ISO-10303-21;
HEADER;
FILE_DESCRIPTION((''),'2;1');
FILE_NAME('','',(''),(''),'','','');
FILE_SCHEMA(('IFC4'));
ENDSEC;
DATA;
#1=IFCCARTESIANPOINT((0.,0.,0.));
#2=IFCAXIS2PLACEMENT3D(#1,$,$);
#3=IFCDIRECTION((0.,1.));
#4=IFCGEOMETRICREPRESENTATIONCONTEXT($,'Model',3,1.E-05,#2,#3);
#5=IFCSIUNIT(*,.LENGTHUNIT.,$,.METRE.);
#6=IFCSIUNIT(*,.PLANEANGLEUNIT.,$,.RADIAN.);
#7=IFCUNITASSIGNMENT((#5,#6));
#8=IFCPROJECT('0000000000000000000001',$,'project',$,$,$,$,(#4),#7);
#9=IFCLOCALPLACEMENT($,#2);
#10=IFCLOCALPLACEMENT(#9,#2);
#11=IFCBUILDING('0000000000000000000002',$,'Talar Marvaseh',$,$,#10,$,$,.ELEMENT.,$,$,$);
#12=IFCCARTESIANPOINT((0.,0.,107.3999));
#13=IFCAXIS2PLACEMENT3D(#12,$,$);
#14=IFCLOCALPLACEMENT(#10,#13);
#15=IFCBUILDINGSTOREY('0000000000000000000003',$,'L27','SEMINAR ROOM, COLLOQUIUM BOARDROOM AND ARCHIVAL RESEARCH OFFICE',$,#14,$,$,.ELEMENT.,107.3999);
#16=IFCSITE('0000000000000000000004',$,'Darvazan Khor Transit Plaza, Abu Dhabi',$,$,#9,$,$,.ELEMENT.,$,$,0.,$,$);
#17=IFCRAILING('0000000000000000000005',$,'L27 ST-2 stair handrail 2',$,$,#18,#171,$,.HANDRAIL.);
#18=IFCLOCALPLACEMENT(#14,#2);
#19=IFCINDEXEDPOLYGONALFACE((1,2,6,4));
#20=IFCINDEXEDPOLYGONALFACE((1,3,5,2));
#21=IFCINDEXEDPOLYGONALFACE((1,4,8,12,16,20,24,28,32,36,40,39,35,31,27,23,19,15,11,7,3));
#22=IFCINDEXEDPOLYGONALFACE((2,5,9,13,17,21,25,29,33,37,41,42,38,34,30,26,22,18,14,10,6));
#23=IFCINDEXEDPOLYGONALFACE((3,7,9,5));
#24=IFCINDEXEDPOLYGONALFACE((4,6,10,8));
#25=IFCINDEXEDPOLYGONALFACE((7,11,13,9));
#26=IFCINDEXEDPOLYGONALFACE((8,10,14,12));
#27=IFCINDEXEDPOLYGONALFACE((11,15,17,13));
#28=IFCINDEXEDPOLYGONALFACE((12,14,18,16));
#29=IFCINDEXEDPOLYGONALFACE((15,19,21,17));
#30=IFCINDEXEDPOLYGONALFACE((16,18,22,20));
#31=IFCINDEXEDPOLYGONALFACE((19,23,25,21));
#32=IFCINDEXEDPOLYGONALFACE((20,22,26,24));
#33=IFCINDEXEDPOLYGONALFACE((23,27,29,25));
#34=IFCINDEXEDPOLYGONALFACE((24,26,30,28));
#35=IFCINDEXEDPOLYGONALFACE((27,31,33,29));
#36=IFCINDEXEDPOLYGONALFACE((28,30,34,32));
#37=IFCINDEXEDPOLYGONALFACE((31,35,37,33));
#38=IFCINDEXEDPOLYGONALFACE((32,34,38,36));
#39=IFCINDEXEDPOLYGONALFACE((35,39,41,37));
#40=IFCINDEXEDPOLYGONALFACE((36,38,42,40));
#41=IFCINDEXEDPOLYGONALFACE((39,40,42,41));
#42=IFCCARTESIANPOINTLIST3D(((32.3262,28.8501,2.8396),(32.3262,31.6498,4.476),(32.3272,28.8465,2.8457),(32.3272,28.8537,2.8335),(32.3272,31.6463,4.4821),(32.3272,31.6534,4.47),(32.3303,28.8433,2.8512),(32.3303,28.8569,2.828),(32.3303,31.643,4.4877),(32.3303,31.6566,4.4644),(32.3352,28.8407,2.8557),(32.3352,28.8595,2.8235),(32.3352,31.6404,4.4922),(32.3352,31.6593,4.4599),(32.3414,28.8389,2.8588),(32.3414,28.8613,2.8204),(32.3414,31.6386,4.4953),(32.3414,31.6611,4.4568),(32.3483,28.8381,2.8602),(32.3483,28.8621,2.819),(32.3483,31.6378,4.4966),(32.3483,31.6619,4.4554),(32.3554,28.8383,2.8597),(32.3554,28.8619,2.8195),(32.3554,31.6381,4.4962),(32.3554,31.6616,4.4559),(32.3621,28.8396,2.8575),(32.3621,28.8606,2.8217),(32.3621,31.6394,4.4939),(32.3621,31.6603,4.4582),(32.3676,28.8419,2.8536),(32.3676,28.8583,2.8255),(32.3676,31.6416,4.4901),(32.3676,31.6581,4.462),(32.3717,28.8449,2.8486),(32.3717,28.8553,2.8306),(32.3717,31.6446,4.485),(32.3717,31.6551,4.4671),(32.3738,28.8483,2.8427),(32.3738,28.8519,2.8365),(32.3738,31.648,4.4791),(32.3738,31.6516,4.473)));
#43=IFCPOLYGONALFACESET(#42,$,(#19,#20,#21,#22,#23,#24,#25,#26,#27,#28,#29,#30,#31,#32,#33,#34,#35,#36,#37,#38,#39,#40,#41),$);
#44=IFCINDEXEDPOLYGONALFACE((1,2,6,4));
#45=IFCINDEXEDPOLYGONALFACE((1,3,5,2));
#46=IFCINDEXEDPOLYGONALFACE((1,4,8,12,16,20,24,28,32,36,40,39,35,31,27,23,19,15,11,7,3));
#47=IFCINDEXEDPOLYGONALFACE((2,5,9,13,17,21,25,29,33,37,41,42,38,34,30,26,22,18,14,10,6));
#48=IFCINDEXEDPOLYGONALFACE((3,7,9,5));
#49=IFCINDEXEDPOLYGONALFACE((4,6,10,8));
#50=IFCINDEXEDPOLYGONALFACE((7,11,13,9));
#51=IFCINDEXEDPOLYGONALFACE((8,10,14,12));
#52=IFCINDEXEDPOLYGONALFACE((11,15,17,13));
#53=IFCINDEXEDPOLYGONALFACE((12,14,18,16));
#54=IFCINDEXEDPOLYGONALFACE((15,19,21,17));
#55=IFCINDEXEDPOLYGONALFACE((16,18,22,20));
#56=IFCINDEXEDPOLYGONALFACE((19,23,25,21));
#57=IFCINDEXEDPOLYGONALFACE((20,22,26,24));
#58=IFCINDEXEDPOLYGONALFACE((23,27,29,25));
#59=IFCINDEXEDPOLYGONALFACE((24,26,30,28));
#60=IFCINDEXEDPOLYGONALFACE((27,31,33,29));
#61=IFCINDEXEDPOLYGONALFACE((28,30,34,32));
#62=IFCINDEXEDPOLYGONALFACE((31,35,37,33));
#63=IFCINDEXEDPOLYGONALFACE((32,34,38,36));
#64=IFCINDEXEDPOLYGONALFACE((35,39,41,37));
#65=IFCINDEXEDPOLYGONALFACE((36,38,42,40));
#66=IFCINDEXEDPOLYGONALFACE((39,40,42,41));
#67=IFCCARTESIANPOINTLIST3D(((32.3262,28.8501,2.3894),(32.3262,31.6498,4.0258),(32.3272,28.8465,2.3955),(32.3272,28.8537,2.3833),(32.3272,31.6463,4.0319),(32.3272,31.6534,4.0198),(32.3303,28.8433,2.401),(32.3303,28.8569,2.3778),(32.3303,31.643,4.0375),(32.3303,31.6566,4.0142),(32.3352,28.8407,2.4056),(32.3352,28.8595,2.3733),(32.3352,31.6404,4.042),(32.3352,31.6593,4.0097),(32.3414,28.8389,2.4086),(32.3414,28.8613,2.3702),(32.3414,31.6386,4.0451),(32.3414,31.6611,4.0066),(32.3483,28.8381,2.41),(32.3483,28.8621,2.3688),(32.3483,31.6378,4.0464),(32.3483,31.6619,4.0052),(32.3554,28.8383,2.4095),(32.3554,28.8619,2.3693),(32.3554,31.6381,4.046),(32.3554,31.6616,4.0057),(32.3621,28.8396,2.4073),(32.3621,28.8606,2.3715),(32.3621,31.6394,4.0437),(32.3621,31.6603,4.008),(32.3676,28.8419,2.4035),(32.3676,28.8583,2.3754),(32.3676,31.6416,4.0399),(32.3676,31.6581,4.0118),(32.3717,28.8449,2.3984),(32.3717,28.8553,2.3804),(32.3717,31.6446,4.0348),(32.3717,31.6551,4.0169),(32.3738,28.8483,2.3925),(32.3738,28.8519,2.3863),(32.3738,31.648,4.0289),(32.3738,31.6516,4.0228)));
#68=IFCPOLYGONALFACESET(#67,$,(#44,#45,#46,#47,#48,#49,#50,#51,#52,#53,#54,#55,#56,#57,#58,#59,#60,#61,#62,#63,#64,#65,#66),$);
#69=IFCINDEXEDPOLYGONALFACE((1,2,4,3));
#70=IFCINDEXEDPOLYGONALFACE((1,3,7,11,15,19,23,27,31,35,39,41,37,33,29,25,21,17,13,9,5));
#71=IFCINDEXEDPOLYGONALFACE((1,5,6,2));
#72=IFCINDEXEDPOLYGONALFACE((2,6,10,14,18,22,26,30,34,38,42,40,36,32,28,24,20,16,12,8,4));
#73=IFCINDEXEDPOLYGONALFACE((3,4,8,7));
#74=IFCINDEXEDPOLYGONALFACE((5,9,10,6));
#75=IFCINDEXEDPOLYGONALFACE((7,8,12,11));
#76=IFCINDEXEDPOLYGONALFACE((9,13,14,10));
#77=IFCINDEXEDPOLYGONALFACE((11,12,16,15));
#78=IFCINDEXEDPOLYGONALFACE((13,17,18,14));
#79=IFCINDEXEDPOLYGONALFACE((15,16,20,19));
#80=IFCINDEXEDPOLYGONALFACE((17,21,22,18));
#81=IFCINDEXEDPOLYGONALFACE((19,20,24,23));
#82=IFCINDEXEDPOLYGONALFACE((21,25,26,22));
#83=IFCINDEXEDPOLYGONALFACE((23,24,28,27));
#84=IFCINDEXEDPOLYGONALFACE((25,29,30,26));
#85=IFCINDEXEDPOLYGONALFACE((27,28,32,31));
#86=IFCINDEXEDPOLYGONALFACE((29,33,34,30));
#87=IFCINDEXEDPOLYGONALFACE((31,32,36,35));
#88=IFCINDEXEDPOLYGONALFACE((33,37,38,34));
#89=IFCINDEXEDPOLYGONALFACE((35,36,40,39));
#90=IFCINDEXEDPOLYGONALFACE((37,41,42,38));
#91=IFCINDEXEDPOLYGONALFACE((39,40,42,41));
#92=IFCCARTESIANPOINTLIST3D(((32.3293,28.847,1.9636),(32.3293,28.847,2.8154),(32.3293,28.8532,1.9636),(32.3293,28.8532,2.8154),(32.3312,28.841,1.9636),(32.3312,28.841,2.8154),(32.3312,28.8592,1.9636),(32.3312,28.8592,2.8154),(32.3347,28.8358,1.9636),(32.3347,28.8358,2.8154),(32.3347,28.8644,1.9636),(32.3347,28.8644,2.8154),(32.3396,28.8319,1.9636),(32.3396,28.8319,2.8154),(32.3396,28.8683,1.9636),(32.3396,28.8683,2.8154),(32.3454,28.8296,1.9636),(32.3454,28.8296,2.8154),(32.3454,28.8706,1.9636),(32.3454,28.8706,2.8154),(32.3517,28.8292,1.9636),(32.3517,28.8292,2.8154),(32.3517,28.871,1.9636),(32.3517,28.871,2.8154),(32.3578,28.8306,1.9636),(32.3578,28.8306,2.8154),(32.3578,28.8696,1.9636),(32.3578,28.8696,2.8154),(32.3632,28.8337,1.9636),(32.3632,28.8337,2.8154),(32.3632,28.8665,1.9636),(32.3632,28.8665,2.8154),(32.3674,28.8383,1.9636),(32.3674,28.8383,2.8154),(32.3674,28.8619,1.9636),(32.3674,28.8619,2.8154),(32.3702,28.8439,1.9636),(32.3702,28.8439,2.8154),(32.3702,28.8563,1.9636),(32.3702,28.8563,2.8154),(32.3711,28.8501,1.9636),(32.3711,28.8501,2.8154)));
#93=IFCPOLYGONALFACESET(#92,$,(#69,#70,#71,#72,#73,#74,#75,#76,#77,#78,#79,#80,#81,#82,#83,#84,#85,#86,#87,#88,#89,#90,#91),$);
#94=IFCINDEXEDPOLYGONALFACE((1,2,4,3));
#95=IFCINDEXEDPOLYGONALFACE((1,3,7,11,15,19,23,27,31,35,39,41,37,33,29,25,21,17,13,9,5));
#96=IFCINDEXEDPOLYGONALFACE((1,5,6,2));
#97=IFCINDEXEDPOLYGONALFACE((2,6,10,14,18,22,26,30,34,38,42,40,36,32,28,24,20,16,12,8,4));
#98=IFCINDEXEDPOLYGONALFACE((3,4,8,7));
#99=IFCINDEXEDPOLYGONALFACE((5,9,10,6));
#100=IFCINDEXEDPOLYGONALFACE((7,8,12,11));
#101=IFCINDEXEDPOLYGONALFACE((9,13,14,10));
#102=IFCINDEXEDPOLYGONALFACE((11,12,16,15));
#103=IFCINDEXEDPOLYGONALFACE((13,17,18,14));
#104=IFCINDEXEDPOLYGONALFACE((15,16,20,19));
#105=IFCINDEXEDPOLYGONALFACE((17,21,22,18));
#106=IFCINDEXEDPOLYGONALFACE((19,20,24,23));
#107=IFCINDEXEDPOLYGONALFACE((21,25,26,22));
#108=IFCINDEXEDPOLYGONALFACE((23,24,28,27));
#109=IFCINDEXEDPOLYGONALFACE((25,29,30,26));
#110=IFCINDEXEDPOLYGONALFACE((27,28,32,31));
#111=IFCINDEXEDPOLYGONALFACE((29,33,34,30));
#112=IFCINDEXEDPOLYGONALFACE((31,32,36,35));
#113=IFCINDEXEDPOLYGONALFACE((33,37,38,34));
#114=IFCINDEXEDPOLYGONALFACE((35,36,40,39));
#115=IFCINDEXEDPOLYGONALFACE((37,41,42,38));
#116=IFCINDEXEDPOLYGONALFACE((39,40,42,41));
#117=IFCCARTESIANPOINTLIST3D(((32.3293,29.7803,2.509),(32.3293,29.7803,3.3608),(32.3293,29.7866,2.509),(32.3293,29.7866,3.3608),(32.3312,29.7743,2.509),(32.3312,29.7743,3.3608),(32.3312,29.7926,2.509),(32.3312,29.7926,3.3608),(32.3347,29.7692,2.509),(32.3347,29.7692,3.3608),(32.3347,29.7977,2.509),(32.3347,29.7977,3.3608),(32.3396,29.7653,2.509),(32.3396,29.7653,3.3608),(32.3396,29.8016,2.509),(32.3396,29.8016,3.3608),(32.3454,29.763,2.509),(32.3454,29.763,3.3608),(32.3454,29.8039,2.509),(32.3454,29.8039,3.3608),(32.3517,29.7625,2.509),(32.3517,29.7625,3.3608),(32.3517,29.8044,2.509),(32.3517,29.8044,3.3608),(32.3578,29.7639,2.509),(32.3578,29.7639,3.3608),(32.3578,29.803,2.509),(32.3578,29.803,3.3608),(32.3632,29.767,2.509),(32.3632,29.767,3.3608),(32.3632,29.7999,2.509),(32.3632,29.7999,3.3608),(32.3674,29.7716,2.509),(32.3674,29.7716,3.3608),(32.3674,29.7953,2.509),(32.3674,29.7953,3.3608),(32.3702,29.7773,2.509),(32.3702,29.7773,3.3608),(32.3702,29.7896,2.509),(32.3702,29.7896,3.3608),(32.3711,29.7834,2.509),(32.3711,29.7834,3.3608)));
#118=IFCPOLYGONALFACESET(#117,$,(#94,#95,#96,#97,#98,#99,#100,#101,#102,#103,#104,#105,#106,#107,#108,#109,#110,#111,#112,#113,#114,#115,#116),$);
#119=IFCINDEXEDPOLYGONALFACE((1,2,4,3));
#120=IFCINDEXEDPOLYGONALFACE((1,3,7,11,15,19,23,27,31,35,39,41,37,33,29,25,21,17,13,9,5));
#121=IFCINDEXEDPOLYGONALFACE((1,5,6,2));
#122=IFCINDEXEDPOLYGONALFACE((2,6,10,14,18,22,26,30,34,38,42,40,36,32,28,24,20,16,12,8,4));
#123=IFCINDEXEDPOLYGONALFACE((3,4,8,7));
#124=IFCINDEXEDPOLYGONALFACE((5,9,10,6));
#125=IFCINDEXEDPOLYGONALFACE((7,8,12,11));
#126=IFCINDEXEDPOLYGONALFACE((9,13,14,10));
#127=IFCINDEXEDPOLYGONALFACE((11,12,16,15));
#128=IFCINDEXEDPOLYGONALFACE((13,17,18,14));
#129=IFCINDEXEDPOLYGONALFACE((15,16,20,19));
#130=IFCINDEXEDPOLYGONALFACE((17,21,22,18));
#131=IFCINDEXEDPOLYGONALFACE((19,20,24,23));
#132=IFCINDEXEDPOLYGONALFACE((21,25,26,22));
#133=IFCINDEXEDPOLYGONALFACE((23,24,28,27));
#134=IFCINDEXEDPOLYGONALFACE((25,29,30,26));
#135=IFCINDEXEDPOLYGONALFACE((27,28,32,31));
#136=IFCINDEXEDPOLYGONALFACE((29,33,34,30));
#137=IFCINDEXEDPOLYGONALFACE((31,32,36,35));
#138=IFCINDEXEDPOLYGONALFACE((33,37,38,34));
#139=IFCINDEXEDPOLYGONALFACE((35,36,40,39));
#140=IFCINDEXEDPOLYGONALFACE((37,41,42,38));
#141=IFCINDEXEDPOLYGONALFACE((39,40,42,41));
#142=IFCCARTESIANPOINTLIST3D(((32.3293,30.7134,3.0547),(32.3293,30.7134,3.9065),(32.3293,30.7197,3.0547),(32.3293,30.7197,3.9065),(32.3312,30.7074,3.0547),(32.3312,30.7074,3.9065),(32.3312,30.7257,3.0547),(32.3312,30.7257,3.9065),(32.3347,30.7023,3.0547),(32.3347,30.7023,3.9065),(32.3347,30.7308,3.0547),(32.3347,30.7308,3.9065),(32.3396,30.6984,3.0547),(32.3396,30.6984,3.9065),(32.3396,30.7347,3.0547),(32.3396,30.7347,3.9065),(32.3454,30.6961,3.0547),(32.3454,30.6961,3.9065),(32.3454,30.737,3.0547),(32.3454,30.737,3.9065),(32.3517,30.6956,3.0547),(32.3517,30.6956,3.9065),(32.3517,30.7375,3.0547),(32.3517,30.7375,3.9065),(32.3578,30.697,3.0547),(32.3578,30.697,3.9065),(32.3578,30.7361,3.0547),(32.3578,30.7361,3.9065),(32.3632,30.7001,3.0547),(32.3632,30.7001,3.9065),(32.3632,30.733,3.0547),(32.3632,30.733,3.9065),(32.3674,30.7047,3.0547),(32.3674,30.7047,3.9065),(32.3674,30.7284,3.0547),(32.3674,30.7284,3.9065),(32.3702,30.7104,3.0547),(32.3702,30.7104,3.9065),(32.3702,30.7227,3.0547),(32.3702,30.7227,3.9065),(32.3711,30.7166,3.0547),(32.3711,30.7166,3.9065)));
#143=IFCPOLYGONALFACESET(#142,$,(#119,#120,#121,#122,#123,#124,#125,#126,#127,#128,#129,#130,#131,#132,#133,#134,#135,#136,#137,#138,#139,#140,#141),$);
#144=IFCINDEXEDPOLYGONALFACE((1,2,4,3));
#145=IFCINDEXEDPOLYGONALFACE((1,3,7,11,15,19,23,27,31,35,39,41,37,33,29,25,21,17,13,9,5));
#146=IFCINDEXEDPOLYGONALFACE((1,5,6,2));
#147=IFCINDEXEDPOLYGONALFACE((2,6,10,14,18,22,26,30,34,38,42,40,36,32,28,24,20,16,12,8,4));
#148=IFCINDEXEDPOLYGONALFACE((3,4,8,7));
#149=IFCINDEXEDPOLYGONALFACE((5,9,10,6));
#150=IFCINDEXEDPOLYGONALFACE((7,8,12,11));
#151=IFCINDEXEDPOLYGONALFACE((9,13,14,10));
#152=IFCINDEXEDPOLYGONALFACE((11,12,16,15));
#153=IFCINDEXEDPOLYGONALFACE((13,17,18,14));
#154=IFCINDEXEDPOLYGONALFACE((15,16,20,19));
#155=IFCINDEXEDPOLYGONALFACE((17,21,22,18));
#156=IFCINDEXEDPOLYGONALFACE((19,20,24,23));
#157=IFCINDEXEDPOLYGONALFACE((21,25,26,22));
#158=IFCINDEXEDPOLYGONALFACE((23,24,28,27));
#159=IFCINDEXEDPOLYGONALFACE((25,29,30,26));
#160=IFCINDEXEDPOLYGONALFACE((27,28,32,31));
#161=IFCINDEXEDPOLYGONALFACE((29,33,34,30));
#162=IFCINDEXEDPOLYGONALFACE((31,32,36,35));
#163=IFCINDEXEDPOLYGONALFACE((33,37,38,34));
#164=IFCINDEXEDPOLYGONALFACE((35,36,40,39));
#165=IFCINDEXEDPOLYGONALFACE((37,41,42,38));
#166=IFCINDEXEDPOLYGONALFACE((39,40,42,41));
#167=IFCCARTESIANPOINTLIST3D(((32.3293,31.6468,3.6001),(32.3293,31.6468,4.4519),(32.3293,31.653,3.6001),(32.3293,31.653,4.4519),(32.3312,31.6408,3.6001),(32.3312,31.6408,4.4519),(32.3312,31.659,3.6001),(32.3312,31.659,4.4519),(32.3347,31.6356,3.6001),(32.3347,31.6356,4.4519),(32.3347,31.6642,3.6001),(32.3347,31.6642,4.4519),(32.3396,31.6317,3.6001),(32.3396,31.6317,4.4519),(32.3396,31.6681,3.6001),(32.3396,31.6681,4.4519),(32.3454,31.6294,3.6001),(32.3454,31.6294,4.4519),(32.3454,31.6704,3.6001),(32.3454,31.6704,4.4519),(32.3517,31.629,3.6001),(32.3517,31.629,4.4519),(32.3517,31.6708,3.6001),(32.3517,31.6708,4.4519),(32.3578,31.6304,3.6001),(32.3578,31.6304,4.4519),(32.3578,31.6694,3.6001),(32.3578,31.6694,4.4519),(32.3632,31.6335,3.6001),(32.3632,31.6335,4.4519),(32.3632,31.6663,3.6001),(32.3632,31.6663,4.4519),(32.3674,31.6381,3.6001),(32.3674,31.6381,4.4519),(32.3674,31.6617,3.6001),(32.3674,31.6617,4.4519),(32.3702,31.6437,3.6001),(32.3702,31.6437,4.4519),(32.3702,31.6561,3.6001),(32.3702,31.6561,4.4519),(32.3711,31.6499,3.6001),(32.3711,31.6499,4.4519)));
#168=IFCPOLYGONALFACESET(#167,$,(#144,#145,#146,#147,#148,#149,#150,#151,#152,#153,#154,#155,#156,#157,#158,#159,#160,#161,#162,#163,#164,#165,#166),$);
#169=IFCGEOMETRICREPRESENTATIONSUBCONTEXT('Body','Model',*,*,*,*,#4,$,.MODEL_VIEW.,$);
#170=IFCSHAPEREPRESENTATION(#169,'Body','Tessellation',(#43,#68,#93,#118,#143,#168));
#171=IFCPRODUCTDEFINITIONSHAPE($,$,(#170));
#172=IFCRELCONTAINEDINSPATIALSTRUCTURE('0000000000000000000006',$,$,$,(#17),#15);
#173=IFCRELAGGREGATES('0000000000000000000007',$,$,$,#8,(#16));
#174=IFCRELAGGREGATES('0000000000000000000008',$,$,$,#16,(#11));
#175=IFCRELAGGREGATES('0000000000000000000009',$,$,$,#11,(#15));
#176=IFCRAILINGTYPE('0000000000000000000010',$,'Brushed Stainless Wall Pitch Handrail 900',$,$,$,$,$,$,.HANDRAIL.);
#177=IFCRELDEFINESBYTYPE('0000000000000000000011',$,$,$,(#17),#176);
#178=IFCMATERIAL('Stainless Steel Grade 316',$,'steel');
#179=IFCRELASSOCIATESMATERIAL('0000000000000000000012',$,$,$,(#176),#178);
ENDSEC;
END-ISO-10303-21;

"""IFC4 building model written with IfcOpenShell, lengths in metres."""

from ifc_helpers import new_model, si_unit, direction, frame, origin, origin_2d, place, context, subcontext, project, spatial, circle, extrude, material, type_object, element, save


model = new_model("IFC4")

# Units and contexts
model_context = context("Model", 3, precision=1e-05, world=origin(), true_north=direction((0.0, 1.0)))
body_context = subcontext(model_context, "Body", "Model", "MODEL_VIEW")
ifc_project = project(units=[si_unit("LENGTHUNIT", "METRE"), si_unit("PLANEANGLEUNIT", "RADIAN")], contexts=[model_context])

# Site, building, storey
site_placement = place(None, origin())
site = spatial("IfcSite", under=ifc_project, at=site_placement, Name="Darvazan Khor Transit Plaza, Abu Dhabi", CompositionType="ELEMENT", RefElevation=0.0)
building_placement = place(site_placement, origin())
building = spatial("IfcBuilding", under=site, at=building_placement, Name="Talar Marvaseh", CompositionType="ELEMENT")
storey_placement = place(building_placement, frame((0.0, 0.0, 107.3999)))
storey = spatial("IfcBuildingStorey", under=building, at=storey_placement, Name="L27", Description="SEMINAR ROOM, COLLOQUIUM BOARDROOM AND ARCHIVAL RESEARCH OFFICE", CompositionType="ELEMENT", Elevation=107.3999)

# Shared definitions
ifc_material_1 = material(Name="Stainless Steel Grade 316", Category="steel")

# Railing
railing_type_1 = type_object("IfcRailingType", Name="Brushed Stainless Wall Pitch Handrail 900", PredefinedType="HANDRAIL", material=ifc_material_1)
railing_1_placement = place(storey_placement, frame((32.3501, 28.8501, 1.9636)))
element("IfcRailing", 1, at=railing_1_placement, inside=storey, type_object=railing_type_1, Name="L27 ST-2 stair handrail 2", PredefinedType="HANDRAIL", context=body_context, shape_type="SweptSolid", body=[
    extrude(circle(Radius=0.0239, at=origin_2d()), frame((0.0, 0.0, 0.876), z_axis=(0.0, 0.863342, 0.50462), x_axis=(-1.0, 0.0, 0.0)), (0.0, 0.0, 1.0), 3.2429),
    extrude(circle(Radius=0.0239, at=origin_2d()), frame((0.0, 0.0, 0.4258), z_axis=(0.0, 0.863342, 0.50462), x_axis=(-1.0, 0.0, 0.0)), (0.0, 0.0, 1.0), 3.2429),
    extrude(circle(Radius=0.021, at=origin_2d()), origin(), (0.0, 0.0, 1.0), 0.8518),
    extrude(circle(Radius=0.021, at=origin_2d()), frame((0.0, 0.9333, 0.5454)), (0.0, 0.0, 1.0), 0.8518),
    extrude(circle(Radius=0.021, at=origin_2d()), frame((0.0, 1.8665, 1.0911)), (0.0, 0.0, 1.0), 0.8518),
    extrude(circle(Radius=0.021, at=origin_2d()), frame((0.0, 2.7998, 1.6365)), (0.0, 0.0, 1.0), 0.8518),
])

save(model, "model.ifc")
